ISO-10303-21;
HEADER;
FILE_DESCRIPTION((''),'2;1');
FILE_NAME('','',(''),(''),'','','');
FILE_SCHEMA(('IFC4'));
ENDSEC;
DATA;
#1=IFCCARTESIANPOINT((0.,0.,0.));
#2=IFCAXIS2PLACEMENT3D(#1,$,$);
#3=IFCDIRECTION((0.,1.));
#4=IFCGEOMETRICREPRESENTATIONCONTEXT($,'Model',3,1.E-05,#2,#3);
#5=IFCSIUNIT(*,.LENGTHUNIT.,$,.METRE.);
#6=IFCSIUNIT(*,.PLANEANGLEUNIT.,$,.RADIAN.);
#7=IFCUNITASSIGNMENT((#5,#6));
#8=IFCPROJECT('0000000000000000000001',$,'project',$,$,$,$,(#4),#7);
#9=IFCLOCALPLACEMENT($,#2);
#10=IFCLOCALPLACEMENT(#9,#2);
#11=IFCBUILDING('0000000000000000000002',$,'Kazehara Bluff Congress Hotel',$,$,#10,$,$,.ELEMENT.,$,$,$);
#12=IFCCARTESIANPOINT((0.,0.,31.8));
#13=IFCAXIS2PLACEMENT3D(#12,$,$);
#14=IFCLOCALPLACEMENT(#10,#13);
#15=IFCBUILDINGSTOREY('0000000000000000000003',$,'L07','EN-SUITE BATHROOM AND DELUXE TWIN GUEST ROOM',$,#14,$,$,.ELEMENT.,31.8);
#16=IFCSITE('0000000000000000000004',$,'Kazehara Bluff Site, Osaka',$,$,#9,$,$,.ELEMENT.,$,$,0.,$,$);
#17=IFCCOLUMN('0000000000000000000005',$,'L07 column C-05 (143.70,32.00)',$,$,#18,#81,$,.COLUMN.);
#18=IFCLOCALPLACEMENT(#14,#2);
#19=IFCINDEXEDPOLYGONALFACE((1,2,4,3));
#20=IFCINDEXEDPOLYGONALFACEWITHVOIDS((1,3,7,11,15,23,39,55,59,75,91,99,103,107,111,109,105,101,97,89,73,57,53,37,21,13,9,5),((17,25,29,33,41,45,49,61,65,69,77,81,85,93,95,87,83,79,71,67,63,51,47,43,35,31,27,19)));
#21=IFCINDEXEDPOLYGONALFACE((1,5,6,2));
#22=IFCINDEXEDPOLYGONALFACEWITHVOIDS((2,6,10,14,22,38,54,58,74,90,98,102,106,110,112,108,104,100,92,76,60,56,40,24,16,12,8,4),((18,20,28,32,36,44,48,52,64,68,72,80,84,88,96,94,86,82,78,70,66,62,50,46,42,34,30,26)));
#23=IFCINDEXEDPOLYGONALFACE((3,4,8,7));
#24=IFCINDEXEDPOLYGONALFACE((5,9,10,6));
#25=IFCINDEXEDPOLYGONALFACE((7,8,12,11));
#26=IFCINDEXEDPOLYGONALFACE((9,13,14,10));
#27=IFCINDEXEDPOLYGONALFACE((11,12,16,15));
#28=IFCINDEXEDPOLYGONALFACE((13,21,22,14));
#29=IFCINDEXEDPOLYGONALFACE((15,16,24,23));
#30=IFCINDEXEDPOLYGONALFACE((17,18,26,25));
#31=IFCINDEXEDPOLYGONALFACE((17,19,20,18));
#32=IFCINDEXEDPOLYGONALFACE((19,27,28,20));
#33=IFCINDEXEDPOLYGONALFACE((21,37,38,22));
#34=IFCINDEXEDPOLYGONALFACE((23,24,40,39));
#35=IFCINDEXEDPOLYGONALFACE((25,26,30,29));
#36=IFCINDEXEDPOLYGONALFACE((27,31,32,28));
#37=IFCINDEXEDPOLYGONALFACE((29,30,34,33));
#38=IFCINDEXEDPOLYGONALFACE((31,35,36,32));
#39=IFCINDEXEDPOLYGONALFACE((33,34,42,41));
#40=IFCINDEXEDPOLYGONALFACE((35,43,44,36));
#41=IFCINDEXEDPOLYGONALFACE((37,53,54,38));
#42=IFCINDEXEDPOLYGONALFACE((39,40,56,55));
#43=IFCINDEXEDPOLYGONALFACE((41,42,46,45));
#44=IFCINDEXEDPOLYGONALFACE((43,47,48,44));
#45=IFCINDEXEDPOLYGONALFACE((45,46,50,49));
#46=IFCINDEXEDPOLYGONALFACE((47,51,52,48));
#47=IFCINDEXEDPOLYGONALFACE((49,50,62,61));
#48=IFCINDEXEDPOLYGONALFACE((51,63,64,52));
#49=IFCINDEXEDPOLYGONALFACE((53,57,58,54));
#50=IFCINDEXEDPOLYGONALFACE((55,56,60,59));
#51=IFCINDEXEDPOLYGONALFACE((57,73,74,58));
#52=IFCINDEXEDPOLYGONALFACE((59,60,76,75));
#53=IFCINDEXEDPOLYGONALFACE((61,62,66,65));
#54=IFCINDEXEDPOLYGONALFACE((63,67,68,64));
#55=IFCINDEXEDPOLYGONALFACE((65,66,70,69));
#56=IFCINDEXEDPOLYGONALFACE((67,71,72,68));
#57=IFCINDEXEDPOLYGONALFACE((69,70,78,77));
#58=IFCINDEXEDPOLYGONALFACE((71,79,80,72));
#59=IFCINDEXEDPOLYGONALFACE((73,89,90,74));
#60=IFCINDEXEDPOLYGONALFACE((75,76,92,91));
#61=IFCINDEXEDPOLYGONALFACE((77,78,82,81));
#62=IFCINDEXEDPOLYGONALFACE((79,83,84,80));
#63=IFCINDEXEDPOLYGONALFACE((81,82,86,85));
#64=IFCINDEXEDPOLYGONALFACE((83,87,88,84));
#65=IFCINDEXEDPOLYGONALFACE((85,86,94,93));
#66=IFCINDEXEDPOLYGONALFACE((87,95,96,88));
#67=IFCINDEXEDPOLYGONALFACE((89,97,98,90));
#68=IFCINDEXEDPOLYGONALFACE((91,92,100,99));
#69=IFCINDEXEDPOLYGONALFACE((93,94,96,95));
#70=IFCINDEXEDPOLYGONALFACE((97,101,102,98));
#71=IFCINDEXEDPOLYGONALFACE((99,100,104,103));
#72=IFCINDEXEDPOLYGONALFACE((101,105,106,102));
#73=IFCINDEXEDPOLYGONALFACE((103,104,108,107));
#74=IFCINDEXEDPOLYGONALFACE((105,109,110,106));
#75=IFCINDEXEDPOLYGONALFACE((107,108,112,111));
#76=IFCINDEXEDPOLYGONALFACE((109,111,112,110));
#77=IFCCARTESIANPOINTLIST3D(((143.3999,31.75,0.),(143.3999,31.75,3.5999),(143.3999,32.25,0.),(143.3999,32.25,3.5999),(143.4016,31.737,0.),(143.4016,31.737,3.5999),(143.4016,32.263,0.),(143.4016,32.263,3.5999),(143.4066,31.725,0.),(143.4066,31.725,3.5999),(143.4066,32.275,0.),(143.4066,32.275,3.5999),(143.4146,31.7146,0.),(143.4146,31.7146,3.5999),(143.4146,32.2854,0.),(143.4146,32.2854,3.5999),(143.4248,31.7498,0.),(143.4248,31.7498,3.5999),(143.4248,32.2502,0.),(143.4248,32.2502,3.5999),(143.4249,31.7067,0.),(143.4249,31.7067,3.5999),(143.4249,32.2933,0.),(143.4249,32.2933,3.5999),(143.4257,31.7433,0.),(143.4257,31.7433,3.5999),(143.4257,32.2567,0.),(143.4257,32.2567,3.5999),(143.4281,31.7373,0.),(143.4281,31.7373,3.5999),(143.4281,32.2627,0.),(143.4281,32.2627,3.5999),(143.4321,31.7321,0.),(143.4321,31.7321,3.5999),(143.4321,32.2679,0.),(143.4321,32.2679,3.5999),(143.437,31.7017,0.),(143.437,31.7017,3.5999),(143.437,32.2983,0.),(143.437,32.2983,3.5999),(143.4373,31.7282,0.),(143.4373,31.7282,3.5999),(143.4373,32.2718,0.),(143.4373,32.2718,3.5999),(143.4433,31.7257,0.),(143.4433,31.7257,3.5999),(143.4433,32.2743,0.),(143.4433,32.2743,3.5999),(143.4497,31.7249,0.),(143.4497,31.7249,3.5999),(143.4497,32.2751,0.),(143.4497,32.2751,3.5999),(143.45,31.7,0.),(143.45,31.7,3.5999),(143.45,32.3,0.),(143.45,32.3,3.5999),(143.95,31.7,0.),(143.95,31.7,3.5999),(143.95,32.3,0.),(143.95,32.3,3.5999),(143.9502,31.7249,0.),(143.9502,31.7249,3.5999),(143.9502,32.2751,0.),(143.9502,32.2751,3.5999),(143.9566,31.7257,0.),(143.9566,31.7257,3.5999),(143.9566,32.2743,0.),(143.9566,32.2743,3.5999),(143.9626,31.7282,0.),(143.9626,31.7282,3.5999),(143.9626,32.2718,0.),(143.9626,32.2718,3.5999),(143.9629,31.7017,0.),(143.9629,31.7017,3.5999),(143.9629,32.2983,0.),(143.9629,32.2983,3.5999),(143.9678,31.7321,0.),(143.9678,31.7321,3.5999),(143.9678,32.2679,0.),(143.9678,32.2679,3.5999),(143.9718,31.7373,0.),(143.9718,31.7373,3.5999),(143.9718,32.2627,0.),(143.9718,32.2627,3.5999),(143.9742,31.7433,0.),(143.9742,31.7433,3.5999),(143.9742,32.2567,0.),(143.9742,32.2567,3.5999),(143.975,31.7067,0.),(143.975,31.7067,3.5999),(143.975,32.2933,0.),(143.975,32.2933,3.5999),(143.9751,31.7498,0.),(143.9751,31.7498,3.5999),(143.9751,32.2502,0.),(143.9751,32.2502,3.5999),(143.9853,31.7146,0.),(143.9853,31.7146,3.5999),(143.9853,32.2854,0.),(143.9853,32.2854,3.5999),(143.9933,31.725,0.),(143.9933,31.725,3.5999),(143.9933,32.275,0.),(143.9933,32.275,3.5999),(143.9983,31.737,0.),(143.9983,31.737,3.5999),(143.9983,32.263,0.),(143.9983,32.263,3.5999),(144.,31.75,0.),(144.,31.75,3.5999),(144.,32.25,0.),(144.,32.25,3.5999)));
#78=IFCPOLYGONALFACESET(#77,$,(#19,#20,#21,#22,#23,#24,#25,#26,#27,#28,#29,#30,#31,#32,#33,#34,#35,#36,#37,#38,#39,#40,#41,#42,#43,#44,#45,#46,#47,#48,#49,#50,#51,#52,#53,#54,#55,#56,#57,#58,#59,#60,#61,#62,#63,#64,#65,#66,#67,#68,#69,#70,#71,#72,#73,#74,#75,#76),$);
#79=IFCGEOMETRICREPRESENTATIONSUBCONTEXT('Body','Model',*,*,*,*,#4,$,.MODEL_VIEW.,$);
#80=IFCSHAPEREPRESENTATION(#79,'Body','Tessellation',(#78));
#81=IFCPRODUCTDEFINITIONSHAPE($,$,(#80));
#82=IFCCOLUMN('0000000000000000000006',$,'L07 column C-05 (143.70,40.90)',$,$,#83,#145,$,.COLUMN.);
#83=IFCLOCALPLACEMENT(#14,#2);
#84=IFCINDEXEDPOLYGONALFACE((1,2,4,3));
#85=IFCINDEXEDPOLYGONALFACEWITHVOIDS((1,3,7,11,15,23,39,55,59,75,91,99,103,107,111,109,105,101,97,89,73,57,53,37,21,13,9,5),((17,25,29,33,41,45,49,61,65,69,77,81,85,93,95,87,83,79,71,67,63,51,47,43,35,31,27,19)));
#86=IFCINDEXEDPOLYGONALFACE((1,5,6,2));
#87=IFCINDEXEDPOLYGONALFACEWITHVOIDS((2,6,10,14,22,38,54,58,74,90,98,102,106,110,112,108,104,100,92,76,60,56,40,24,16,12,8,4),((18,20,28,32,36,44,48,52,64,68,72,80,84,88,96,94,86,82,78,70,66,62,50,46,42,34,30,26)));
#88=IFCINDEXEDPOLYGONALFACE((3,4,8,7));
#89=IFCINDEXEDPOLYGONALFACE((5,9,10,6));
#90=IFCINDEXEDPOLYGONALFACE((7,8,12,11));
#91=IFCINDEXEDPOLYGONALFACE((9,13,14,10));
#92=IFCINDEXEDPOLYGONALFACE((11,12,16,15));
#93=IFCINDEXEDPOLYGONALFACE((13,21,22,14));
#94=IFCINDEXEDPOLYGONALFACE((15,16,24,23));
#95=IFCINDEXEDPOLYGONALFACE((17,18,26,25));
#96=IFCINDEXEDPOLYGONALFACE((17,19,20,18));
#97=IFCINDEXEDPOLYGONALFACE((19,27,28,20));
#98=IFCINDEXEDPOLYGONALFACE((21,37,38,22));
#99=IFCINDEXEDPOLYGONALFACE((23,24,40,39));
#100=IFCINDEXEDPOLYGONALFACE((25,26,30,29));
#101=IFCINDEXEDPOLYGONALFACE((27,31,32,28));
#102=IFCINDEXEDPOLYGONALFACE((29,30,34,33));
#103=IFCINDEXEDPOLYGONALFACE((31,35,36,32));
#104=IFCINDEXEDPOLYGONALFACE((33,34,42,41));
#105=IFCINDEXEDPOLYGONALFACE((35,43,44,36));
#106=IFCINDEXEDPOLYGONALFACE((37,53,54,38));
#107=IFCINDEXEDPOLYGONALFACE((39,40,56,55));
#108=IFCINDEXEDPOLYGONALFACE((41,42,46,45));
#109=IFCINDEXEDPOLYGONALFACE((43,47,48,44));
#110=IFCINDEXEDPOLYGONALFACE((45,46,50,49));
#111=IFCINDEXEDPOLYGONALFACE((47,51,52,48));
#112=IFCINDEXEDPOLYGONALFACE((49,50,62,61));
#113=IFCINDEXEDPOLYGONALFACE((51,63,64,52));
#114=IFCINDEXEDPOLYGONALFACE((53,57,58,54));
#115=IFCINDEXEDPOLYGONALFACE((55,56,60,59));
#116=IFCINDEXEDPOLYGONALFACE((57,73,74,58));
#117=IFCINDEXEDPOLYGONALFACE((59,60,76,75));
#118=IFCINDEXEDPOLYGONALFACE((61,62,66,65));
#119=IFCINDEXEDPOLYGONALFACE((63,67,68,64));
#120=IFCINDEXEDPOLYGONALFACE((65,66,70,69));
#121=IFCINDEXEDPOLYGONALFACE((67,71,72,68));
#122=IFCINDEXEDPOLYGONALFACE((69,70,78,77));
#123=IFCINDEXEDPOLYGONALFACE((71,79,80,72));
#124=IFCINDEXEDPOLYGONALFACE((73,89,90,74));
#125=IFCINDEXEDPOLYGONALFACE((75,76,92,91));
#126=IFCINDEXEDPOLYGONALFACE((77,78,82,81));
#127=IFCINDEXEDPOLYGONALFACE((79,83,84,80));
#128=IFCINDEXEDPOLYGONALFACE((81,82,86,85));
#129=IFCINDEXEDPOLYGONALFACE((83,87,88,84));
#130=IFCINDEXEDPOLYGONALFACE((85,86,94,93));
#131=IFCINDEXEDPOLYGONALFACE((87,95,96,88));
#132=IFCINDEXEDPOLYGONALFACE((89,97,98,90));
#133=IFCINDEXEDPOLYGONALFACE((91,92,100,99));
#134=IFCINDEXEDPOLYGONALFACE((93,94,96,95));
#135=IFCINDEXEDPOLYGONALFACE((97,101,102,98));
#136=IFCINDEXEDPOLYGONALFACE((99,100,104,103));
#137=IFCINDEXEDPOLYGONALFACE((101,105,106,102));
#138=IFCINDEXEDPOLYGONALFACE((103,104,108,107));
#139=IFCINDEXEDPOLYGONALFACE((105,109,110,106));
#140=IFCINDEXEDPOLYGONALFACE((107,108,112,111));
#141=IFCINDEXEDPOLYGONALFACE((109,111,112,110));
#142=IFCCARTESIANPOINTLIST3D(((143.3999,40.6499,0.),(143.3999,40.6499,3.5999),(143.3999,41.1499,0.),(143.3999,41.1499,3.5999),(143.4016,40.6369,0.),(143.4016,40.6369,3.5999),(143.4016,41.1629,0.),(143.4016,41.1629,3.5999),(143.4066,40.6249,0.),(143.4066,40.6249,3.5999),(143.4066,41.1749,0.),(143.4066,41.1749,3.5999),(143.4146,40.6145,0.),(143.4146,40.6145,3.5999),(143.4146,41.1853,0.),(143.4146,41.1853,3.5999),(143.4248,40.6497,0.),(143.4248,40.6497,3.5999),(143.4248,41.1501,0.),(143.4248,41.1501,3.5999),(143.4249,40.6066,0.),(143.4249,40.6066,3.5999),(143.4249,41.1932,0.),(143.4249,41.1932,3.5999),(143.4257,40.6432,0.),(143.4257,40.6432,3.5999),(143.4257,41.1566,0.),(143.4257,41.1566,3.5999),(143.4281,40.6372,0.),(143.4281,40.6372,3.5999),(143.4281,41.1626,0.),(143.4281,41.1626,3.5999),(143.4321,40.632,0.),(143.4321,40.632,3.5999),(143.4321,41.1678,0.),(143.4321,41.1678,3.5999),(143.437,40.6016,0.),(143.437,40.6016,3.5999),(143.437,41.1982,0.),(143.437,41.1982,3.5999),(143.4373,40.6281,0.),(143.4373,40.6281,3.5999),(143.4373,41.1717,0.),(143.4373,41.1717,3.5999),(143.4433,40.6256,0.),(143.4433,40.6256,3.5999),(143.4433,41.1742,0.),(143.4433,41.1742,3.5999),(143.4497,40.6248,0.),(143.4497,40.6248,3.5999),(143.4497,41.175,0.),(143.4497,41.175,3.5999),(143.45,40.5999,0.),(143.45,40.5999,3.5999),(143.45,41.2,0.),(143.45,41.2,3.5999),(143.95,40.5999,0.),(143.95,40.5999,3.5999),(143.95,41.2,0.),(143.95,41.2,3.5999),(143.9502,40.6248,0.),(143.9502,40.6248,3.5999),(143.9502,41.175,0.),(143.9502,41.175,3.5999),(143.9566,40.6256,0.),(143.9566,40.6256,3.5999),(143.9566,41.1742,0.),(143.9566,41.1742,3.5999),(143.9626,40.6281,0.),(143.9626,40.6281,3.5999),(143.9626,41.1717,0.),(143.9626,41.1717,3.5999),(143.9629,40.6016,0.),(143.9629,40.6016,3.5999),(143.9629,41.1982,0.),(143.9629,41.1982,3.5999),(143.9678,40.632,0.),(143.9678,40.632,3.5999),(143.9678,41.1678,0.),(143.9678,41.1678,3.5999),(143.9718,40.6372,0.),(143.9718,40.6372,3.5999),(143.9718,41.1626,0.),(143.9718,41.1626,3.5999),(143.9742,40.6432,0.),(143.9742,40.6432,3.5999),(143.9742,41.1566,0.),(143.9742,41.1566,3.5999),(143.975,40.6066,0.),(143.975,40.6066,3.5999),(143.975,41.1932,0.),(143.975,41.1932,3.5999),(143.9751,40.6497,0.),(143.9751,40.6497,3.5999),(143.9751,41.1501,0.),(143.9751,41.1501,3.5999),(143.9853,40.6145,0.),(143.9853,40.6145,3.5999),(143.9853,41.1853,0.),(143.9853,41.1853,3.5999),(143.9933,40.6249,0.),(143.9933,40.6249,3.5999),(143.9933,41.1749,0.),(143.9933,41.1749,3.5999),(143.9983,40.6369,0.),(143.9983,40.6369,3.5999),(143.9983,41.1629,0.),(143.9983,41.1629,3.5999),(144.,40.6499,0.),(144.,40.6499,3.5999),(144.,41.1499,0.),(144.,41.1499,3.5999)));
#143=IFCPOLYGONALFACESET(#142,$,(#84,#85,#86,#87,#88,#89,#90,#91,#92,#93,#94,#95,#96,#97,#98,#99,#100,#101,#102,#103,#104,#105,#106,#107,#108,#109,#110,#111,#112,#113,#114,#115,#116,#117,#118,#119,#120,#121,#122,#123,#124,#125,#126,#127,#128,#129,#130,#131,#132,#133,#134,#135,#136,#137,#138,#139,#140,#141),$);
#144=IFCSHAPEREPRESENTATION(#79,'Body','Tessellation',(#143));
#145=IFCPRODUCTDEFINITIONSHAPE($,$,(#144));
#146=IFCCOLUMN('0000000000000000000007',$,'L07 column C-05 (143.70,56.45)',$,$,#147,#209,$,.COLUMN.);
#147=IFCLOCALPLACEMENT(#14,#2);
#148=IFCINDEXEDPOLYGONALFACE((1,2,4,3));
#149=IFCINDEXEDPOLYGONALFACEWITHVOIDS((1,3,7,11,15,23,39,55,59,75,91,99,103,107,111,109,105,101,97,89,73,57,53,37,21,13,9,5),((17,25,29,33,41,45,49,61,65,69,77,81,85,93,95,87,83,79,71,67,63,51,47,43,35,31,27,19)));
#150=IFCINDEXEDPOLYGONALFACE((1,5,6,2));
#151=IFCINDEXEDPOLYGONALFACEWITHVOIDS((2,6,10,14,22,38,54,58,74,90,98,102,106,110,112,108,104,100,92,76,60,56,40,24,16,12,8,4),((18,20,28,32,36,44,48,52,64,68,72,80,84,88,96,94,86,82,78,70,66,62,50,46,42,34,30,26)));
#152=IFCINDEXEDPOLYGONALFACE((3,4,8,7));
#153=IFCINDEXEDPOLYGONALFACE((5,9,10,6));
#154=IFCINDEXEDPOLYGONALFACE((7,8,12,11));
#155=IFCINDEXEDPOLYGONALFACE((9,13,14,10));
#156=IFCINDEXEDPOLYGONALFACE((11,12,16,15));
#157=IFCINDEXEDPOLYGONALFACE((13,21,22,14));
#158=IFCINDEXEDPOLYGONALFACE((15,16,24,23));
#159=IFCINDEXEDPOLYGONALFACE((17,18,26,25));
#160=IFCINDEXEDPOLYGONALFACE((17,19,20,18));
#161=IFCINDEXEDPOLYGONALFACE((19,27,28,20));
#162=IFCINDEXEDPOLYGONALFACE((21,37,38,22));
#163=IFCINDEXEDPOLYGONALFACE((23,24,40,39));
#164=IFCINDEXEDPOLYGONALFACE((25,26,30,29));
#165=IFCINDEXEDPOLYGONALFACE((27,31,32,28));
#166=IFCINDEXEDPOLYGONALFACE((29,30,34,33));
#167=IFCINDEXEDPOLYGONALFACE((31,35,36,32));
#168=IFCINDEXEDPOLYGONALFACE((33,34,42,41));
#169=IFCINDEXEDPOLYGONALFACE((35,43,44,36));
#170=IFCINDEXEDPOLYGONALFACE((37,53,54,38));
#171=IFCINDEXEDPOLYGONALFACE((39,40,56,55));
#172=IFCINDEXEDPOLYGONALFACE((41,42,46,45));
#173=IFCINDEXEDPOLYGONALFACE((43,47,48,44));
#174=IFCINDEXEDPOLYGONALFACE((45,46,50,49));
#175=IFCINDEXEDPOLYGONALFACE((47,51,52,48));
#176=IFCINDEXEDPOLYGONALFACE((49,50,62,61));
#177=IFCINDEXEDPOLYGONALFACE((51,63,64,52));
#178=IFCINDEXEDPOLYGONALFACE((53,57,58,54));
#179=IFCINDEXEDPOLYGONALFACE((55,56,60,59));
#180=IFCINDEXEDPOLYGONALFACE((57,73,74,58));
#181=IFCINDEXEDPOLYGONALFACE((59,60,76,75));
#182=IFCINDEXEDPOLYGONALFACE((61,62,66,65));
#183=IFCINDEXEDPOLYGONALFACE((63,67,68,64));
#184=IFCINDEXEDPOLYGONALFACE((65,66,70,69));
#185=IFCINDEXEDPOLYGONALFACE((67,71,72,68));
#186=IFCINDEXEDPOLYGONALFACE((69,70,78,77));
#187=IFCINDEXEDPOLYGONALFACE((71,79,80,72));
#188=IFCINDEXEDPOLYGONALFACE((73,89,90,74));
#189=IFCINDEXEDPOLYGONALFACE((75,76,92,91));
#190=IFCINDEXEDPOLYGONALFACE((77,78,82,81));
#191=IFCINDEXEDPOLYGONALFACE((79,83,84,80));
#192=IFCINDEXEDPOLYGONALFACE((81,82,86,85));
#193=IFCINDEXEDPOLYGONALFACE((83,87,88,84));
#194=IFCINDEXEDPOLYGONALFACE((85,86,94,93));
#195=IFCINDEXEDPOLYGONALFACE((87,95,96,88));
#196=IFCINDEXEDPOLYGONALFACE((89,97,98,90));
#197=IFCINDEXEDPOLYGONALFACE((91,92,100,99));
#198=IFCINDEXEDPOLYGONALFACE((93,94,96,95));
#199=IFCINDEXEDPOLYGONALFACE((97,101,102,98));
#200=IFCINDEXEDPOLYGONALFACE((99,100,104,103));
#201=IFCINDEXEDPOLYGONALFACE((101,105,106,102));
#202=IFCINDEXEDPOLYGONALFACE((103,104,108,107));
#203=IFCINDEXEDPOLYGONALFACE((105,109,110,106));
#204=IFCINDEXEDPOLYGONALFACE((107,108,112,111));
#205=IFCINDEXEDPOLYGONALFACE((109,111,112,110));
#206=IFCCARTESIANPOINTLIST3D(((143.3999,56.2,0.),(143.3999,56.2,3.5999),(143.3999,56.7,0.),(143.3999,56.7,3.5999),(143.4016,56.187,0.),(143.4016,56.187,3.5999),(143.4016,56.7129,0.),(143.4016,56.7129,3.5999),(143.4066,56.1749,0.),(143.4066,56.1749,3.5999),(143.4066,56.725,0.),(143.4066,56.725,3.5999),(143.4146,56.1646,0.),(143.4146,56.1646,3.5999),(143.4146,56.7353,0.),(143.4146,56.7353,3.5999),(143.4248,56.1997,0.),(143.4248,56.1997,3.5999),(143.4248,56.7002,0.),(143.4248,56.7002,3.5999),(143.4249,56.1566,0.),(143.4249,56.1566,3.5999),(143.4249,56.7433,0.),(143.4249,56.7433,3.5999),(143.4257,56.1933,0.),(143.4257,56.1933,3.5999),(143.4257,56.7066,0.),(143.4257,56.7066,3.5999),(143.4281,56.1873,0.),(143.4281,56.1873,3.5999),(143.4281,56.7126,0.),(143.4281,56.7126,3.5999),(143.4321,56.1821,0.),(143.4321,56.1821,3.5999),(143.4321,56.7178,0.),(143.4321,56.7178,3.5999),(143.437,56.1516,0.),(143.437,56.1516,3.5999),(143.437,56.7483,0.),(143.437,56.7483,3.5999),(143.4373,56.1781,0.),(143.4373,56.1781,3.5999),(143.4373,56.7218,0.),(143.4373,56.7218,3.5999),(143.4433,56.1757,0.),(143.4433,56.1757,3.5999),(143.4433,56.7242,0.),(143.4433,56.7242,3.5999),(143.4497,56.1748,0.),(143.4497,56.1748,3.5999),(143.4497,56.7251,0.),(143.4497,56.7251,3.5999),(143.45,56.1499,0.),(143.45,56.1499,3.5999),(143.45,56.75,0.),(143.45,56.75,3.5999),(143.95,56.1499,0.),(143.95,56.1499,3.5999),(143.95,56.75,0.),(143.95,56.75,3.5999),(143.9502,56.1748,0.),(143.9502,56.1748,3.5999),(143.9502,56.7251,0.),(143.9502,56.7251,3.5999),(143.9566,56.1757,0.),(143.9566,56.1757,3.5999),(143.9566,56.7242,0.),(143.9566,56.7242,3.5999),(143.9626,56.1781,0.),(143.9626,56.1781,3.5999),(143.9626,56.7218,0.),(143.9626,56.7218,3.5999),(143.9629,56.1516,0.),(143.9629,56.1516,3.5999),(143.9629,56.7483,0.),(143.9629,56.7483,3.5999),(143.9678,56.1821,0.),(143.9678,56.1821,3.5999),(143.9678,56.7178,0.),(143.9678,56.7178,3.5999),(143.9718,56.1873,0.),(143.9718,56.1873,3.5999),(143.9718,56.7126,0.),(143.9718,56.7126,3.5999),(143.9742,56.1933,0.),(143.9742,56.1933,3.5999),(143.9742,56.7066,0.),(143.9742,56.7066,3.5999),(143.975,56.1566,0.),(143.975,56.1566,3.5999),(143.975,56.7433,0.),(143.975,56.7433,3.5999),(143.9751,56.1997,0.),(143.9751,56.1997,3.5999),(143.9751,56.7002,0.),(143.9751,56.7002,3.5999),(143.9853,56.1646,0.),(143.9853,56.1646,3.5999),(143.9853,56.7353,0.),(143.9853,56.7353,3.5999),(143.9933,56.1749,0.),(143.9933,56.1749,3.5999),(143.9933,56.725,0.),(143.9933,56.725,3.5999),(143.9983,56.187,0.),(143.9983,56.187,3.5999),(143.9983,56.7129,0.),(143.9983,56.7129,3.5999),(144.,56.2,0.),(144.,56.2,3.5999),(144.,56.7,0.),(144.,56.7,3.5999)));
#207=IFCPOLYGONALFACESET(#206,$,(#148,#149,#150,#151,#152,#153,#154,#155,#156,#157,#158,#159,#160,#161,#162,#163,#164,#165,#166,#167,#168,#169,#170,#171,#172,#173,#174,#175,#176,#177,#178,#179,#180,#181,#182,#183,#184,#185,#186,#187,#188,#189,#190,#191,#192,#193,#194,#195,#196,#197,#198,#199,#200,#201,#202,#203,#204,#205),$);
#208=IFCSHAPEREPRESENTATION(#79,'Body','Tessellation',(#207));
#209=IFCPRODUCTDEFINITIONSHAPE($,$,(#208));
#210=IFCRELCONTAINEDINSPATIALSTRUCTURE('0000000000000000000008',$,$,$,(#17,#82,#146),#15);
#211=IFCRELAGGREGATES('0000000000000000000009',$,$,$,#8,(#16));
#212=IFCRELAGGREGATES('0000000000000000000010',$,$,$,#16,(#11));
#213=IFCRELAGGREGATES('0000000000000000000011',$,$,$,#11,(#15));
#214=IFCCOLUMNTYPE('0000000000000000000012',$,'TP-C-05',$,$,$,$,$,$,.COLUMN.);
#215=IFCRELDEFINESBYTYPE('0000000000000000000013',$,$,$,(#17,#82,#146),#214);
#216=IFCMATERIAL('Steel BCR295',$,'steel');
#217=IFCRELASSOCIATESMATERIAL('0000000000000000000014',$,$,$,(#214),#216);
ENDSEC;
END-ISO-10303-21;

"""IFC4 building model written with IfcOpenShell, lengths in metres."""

from ifc_helpers import new_model, si_unit, direction, frame, origin, origin_2d, place, context, subcontext, project, spatial, hollow_rectangle, extrude, material, material_profile, profile_set, type_object, element, save


model = new_model("IFC4")

# Units and contexts
model_context = context("Model", 3, precision=1e-05, world=origin(), true_north=direction((0.0, 1.0)))
body_context = subcontext(model_context, "Body", "Model", "MODEL_VIEW")
ifc_project = project(units=[si_unit("LENGTHUNIT", "METRE"), si_unit("PLANEANGLEUNIT", "RADIAN")], contexts=[model_context])

# Site, building, storey
site_placement = place(None, origin())
site = spatial("IfcSite", under=ifc_project, at=site_placement, Name="Kazehara Bluff Site, Osaka", CompositionType="ELEMENT", RefElevation=0.0)
building_placement = place(site_placement, origin())
building = spatial("IfcBuilding", under=site, at=building_placement, Name="Kazehara Bluff Congress Hotel", CompositionType="ELEMENT")
storey_placement = place(building_placement, frame((0.0, 0.0, 31.8)))
storey = spatial("IfcBuildingStorey", under=building, at=storey_placement, Name="L07", Description="EN-SUITE BATHROOM AND DELUXE TWIN GUEST ROOM", CompositionType="ELEMENT", Elevation=31.8)

# Columns
ifc_material_1 = material(Name="Steel BCR295", Category="steel")
ifc_material_profile_1 = material_profile(ifc_material_1, hollow_rectangle(XDim=0.6001, YDim=0.6001, WallThickness=0.0249, InnerFilletRadius=0.0249, OuterFilletRadius=0.05, at=origin_2d()))
ifc_profile_set_1 = profile_set([ifc_material_profile_1], Name="Steel BCR295")
column_type = type_object("IfcColumnType", Name="TP-C-05", PredefinedType="COLUMN", material=ifc_profile_set_1)
for number, where, z_axis, x_axis, name in (
    (1, (143.7, 32.0, 0.0), (0.0, 0.0, 1.0), (1.0, 0.0, 0.0), "L07 column C-05 (143.70,32.00)"),
    (2, (143.7, 40.8999, 0.0), (0.0, 0.0, 1.0), (1.0, 0.0, 0.0), "L07 column C-05 (143.70,40.90)"),
    (3, (143.7, 56.45, 0.0), (0.0, 0.0, 1.0), (1.0, 0.0, 0.0), "L07 column C-05 (143.70,56.45)"),
):
    element("IfcColumn", number, at=place(storey_placement, frame(where, z_axis=z_axis, x_axis=x_axis)), inside=storey, type_object=column_type, Name=name, PredefinedType="COLUMN", context=body_context, shape_type="SweptSolid", body=[
        extrude(hollow_rectangle(XDim=0.6001, YDim=0.6001, WallThickness=0.0249, InnerFilletRadius=0.0249, OuterFilletRadius=0.05, at=origin_2d()), origin(), (0.0, 0.0, 1.0), 3.5999),
    ])

save(model, "model.ifc")
